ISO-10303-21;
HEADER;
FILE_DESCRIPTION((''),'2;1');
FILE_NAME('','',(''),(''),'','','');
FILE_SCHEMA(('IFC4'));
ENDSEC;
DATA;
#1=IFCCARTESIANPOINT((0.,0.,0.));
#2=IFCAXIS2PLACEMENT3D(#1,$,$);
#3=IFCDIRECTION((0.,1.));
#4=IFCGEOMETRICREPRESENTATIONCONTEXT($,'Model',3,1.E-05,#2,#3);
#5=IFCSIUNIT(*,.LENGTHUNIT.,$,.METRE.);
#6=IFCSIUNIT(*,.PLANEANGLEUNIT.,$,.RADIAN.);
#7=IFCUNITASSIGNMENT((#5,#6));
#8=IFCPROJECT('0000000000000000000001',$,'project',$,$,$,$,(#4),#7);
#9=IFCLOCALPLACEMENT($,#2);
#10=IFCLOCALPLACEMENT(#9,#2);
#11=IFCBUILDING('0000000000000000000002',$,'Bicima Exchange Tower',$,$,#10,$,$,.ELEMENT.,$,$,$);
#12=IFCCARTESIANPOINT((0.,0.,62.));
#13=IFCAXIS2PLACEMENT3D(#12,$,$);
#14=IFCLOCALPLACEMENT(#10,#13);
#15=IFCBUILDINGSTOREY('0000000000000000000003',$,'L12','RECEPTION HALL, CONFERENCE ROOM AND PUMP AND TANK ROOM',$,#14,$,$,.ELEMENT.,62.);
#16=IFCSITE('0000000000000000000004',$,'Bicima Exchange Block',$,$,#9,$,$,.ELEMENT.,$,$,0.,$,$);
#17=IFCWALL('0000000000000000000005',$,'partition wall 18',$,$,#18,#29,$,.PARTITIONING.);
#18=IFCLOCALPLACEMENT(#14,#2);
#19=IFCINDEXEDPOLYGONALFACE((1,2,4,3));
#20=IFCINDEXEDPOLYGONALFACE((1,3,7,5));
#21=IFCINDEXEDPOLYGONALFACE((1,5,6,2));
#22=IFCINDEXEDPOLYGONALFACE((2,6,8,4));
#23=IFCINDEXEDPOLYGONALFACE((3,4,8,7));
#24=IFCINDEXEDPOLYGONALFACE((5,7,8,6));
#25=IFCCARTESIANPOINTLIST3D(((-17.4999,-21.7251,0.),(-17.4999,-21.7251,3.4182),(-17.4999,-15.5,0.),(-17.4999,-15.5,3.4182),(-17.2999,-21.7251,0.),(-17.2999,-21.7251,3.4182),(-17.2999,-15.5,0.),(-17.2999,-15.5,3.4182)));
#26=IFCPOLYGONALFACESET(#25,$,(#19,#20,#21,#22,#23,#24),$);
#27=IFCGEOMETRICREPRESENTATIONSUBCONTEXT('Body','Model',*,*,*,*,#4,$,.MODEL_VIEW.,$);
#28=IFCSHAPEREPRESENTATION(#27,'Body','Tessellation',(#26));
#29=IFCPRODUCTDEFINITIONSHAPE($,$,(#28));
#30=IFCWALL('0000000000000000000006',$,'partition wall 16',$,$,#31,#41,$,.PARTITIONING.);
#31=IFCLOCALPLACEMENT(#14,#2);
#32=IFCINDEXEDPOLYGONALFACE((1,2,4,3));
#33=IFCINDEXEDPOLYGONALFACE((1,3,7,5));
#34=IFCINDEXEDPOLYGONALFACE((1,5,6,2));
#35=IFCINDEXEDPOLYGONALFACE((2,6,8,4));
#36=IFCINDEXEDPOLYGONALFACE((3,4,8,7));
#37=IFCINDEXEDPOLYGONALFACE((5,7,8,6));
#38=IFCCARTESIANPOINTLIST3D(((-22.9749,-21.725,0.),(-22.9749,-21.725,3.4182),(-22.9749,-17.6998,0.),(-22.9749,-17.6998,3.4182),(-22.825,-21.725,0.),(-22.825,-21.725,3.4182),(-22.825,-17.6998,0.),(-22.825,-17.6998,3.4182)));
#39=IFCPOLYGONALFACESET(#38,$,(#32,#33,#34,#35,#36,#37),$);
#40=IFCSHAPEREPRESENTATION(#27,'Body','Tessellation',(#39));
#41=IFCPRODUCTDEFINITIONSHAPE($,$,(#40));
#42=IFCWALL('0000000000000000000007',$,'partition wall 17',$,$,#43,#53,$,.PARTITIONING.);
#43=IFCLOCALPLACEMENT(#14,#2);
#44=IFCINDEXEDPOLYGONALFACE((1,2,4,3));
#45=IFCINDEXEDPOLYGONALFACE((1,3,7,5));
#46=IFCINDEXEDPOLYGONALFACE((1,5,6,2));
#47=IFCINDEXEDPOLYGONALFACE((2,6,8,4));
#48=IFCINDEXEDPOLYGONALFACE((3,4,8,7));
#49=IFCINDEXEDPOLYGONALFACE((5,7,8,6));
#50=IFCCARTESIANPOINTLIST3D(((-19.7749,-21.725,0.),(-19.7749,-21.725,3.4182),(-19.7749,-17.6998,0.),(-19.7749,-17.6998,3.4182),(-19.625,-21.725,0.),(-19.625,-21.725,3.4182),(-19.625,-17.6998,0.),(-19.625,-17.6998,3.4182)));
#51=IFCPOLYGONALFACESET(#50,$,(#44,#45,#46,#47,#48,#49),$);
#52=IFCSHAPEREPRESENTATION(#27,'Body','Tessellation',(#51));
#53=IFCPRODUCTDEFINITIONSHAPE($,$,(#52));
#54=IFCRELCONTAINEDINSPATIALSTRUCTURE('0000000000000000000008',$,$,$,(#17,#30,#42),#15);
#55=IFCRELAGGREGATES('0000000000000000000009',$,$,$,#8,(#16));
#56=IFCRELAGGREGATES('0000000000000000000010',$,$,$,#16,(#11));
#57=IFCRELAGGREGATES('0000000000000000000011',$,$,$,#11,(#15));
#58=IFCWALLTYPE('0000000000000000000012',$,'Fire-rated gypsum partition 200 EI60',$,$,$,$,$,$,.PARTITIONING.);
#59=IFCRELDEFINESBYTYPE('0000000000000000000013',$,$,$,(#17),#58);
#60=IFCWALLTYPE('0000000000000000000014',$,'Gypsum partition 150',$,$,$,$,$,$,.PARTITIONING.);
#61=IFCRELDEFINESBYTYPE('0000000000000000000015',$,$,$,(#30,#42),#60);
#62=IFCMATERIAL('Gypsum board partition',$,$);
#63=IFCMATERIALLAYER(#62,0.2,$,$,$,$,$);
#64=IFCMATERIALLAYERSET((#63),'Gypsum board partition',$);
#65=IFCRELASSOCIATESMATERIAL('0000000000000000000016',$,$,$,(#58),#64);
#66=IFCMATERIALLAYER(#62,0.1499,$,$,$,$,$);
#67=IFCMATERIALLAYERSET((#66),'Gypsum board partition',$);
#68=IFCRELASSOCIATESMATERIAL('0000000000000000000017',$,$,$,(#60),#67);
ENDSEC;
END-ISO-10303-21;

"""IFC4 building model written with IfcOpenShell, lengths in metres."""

from ifc_helpers import new_model, si_unit, direction, frame, frame_2d, origin, place, context, subcontext, project, spatial, rectangle, extrude, material, layer, layer_set, type_object, element, save


model = new_model("IFC4")

# Units and contexts
model_context = context("Model", 3, precision=1e-05, world=origin(), true_north=direction((0.0, 1.0)))
body_context = subcontext(model_context, "Body", "Model", "MODEL_VIEW")
ifc_project = project(units=[si_unit("LENGTHUNIT", "METRE"), si_unit("PLANEANGLEUNIT", "RADIAN")], contexts=[model_context])

# Site, building, storey
site_placement = place(None, origin())
site = spatial("IfcSite", under=ifc_project, at=site_placement, Name="Bicima Exchange Block", CompositionType="ELEMENT", RefElevation=0.0)
building_placement = place(site_placement, origin())
building = spatial("IfcBuilding", under=site, at=building_placement, Name="Bicima Exchange Tower", CompositionType="ELEMENT")
storey_placement = place(building_placement, frame((0.0, 0.0, 62.0)))
storey = spatial("IfcBuildingStorey", under=building, at=storey_placement, Name="L12", Description="RECEPTION HALL, CONFERENCE ROOM AND PUMP AND TANK ROOM", CompositionType="ELEMENT", Elevation=62.0)

# Walls
ifc_material_1 = material(Name="Gypsum board partition")
ifc_layer_1 = layer(ifc_material_1, 0.2)
ifc_layer_set_1 = layer_set([ifc_layer_1], Name="Gypsum board partition")
wall_type_1 = type_object("IfcWallType", Name="Fire-rated gypsum partition 200 EI60", PredefinedType="PARTITIONING", material=ifc_layer_set_1)
wall_placement = place(storey_placement, frame((-17.3999, -21.7251, 0.0), z_axis=(0.0, 0.0, 1.0), x_axis=(0.0, 1.0, 0.0)))
element("IfcWall", 1, at=wall_placement, inside=storey, type_object=wall_type_1, Name="partition wall 18", PredefinedType="PARTITIONING", context=body_context, shape_type="SweptSolid", body=[
    extrude(rectangle(XDim=6.2251, YDim=0.2, at=frame_2d((3.1125, 0.0))), origin(), (0.0, 0.0, 1.0), 3.4182),
])
ifc_layer_2 = layer(ifc_material_1, 0.1499)
ifc_layer_set_2 = layer_set([ifc_layer_2], Name="Gypsum board partition")
wall_type_2 = type_object("IfcWallType", Name="Gypsum partition 150", PredefinedType="PARTITIONING", material=ifc_layer_set_2)
for number, where, z_axis, x_axis, name in (
    (2, (-22.8999, -21.7251, 0.0), (0.0, 0.0, 1.0), (0.0, 1.0, 0.0), "partition wall 16"),
    (3, (-19.7, -21.7251, 0.0), (0.0, 0.0, 1.0), (0.0, 1.0, 0.0), "partition wall 17"),
):
    element("IfcWall", number, at=place(storey_placement, frame(where, z_axis=z_axis, x_axis=x_axis)), inside=storey, type_object=wall_type_2, Name=name, PredefinedType="PARTITIONING", context=body_context, shape_type="SweptSolid", body=[
        extrude(rectangle(XDim=4.0251, YDim=0.1499, at=frame_2d((2.0127, 0.0))), origin(), (0.0, 0.0, 1.0), 3.4182),
    ])

save(model, "model.ifc")
